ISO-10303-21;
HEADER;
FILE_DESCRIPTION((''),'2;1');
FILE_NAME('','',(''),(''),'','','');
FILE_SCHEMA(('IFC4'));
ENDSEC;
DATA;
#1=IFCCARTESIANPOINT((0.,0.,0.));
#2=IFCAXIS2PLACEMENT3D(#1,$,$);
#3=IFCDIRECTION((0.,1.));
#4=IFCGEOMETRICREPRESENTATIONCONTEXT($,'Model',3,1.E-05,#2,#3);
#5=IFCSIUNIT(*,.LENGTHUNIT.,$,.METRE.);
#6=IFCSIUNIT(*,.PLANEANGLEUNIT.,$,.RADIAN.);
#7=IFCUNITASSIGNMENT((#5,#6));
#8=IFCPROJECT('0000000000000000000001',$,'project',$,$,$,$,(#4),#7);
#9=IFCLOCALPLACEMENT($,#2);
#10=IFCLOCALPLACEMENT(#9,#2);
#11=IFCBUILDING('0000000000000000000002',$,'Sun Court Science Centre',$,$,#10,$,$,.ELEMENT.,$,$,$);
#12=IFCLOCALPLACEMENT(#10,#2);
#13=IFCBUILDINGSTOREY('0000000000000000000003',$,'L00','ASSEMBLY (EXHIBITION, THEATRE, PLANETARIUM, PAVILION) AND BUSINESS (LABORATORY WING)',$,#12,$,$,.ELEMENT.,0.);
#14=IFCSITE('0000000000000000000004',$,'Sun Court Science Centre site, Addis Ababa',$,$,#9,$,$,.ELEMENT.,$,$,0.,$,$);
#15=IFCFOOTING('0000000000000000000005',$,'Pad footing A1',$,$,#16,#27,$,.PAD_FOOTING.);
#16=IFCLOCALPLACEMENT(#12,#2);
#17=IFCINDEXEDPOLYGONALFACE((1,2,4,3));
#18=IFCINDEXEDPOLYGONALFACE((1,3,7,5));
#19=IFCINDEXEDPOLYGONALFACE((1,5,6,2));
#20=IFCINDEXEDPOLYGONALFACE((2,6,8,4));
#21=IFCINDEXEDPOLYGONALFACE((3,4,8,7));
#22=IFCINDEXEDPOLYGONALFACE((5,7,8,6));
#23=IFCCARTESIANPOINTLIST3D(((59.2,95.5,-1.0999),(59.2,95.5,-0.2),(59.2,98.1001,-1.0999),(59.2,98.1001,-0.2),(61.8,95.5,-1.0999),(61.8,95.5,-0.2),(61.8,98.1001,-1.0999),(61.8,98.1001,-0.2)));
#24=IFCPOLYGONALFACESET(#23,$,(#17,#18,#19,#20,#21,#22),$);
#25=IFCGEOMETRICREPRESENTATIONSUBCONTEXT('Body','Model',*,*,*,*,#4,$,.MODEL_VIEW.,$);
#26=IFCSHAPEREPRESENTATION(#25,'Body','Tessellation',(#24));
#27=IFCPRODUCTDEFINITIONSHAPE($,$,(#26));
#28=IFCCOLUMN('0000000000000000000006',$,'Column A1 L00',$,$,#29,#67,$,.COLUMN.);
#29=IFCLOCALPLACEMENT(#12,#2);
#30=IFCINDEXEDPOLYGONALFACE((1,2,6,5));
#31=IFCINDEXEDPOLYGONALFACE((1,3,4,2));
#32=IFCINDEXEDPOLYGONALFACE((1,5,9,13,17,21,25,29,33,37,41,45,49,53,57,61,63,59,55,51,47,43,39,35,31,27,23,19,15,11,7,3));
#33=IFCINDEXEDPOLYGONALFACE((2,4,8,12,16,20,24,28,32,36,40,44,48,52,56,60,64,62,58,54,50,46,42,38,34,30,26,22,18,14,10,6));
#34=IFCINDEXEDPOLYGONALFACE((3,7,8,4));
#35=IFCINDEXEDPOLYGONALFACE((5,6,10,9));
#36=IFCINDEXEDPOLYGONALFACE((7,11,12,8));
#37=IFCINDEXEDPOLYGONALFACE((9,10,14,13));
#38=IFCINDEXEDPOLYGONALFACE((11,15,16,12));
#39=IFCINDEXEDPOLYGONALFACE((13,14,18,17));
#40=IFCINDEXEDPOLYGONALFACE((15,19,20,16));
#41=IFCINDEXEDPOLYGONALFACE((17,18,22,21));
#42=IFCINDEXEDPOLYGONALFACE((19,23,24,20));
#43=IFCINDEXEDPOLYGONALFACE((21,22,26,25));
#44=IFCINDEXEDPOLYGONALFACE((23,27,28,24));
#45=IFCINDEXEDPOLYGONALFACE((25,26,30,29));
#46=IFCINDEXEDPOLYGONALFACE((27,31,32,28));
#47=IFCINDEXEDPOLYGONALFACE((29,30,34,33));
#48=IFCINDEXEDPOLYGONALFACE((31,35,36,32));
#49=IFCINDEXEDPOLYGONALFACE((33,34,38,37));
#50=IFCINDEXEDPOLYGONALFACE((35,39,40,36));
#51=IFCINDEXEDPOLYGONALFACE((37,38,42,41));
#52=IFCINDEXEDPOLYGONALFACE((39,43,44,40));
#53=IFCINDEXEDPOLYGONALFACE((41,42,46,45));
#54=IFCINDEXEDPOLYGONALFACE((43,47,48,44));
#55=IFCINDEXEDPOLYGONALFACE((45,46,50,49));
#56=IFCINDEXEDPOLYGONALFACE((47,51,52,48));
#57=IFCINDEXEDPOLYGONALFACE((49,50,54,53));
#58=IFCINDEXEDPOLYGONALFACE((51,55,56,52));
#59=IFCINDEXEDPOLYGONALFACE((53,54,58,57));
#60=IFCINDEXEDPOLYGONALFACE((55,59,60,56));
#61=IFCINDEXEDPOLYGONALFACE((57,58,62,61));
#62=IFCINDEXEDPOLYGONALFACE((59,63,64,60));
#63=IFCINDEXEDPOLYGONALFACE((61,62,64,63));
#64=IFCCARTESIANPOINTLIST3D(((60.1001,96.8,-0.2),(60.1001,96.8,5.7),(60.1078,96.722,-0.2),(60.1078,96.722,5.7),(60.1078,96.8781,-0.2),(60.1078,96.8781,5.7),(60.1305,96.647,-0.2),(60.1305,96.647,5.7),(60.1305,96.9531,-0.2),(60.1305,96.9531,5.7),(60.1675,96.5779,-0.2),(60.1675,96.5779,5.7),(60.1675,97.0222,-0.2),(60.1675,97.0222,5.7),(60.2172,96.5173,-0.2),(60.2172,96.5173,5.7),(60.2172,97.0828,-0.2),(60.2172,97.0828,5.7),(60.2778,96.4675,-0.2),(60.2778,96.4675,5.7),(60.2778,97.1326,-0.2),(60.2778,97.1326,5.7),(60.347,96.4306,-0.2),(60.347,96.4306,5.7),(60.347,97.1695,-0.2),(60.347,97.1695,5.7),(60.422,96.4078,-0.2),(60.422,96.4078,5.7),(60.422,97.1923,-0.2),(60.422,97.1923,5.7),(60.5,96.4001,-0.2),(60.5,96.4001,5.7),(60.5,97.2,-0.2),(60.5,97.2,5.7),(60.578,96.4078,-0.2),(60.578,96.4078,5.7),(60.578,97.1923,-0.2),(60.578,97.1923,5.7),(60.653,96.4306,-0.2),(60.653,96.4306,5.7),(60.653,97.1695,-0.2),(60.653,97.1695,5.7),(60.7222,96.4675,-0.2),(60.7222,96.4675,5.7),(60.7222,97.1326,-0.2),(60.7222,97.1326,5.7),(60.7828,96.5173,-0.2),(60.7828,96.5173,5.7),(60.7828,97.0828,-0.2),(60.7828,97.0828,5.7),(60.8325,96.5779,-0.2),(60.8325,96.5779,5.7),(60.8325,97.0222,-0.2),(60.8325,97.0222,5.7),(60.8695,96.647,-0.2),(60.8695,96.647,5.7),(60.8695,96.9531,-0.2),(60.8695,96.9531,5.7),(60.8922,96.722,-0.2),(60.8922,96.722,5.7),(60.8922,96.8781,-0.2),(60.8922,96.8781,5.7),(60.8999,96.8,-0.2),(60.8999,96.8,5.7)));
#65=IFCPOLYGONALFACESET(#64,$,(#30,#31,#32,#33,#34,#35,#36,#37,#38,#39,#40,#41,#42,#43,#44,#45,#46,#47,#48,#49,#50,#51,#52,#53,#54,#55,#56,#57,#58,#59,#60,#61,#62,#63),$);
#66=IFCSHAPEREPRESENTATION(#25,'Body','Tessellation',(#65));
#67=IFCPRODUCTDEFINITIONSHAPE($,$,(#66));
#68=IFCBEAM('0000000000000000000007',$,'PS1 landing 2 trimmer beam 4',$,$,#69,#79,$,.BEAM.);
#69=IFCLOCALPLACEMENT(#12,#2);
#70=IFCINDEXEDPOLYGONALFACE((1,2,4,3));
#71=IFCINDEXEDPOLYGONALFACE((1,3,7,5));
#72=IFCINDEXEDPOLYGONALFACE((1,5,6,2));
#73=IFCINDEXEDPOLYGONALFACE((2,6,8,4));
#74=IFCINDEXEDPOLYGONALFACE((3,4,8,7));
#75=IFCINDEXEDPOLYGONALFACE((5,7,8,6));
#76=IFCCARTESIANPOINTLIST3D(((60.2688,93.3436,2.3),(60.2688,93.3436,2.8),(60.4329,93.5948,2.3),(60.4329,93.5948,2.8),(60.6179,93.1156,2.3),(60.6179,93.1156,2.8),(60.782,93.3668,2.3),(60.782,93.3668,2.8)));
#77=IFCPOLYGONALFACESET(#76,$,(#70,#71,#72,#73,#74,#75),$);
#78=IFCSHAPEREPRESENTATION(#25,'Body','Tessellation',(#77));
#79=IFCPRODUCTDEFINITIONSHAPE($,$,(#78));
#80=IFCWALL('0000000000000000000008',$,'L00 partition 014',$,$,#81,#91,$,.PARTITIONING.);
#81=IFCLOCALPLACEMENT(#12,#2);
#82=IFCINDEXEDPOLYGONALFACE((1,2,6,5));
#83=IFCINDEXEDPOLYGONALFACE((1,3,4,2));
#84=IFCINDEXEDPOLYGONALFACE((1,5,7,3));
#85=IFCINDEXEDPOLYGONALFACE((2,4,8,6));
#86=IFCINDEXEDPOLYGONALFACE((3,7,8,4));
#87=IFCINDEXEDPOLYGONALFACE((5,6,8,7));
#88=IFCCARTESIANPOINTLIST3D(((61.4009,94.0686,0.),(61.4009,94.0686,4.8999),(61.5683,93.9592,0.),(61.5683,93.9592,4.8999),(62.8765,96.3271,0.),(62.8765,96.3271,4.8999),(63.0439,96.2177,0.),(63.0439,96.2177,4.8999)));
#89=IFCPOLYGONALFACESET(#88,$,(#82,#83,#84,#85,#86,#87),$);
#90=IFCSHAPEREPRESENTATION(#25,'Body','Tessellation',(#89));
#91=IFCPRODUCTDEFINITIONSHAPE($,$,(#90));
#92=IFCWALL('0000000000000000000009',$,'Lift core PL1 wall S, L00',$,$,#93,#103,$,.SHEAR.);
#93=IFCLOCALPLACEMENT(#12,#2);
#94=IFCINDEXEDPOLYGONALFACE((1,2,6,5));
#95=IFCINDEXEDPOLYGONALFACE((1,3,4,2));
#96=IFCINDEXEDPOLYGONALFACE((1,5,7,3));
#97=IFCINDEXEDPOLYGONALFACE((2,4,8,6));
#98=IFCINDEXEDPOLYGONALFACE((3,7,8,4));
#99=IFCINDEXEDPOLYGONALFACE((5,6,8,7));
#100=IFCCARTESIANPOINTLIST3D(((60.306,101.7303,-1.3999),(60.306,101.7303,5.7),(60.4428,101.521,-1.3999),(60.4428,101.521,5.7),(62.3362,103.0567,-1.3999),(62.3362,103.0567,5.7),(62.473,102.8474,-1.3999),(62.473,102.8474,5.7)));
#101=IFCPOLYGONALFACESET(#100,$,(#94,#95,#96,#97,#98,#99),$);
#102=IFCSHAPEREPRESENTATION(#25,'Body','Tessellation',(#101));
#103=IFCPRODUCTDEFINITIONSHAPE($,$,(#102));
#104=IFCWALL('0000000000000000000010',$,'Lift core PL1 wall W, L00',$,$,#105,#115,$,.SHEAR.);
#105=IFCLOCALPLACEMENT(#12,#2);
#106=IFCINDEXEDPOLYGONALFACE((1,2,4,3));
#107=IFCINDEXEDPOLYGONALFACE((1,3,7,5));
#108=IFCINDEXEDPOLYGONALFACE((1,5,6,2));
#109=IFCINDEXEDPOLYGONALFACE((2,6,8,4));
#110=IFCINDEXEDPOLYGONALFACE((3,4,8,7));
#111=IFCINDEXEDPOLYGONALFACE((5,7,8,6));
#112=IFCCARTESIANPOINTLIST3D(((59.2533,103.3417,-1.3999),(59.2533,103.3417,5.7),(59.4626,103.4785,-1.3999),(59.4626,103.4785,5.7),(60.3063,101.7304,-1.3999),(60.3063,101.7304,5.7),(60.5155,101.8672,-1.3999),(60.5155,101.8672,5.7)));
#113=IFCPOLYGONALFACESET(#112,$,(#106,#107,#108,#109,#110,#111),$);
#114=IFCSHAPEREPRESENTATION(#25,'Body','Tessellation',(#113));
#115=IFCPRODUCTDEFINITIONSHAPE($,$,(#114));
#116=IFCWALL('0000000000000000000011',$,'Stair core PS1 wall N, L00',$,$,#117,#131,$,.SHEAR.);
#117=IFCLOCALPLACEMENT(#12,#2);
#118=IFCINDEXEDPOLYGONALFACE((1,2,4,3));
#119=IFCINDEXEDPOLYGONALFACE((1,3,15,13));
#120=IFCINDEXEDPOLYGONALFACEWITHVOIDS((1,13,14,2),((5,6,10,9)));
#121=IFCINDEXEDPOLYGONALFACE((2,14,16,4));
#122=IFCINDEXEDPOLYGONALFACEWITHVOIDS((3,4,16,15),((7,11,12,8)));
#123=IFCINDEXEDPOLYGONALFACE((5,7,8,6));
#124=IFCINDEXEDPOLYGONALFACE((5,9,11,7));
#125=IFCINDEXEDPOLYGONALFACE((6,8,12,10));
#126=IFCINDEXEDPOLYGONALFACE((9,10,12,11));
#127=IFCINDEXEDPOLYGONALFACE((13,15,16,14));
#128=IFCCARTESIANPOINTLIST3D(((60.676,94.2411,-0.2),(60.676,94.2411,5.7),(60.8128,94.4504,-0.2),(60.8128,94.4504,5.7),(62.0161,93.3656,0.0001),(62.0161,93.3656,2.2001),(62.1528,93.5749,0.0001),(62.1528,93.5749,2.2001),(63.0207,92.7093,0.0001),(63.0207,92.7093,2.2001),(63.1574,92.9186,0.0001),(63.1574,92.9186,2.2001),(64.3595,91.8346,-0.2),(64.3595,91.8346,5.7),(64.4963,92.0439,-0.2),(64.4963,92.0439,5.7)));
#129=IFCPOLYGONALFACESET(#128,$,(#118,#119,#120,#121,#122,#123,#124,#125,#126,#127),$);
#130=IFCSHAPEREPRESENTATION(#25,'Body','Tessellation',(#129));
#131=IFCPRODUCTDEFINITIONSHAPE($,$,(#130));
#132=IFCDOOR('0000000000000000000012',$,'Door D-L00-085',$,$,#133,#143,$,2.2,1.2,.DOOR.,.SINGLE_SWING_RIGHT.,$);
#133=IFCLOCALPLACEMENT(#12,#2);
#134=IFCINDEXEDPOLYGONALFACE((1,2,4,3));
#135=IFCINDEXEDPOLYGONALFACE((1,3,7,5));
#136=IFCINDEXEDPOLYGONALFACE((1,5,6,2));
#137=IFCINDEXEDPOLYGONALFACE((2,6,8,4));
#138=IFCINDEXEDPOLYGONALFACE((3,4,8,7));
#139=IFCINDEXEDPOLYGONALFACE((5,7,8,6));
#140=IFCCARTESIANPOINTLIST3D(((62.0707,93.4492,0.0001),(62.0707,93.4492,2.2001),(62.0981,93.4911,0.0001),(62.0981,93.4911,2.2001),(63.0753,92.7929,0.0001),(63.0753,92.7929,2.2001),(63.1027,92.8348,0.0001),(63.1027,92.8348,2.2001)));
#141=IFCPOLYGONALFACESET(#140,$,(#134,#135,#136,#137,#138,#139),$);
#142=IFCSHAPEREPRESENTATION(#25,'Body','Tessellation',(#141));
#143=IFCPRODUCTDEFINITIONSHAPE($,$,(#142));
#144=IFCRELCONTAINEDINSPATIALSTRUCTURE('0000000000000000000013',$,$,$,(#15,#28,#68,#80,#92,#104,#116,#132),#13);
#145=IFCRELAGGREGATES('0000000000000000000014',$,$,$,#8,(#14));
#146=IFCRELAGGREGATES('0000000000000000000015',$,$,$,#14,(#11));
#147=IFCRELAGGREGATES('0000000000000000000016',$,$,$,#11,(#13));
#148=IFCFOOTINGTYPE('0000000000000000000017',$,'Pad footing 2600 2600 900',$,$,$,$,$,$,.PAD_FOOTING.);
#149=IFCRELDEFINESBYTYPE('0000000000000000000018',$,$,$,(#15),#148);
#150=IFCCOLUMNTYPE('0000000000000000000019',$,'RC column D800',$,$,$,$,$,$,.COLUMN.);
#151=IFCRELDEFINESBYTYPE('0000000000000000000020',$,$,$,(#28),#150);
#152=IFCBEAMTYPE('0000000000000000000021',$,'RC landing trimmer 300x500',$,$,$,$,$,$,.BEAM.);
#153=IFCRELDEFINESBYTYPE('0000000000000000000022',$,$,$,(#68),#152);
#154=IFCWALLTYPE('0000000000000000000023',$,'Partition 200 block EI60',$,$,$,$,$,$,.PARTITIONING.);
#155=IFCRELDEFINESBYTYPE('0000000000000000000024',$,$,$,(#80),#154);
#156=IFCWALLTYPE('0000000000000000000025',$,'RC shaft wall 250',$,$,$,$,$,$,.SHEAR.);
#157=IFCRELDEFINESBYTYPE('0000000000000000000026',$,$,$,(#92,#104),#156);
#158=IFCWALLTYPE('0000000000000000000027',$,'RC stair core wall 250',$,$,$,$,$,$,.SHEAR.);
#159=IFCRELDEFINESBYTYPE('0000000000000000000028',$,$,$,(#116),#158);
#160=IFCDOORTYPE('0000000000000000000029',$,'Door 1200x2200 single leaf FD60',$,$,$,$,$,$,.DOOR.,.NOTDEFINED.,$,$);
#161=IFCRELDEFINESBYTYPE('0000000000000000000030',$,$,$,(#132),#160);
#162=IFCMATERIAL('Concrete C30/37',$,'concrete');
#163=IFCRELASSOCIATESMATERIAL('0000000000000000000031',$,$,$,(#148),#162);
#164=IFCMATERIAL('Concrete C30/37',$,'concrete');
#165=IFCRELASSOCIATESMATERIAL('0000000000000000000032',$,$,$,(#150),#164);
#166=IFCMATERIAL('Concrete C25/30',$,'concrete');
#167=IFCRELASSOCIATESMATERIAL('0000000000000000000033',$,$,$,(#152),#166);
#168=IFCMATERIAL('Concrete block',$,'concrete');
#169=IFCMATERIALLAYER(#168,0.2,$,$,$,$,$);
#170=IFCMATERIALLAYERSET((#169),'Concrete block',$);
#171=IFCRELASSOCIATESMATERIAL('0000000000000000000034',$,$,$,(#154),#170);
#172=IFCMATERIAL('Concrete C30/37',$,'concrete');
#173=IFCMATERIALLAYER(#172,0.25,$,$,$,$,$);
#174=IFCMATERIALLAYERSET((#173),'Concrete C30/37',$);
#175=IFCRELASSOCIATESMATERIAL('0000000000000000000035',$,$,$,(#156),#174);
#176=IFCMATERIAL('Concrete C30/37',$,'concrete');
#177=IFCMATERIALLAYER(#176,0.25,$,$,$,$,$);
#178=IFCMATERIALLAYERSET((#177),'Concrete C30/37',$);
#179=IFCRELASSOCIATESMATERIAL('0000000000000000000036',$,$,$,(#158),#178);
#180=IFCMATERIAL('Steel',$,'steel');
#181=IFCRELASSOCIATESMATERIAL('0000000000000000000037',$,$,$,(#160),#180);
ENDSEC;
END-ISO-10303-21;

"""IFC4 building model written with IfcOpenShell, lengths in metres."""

from ifc_helpers import new_model, si_unit, direction, frame, frame_2d, origin, origin_2d, place, context, subcontext, project, spatial, rectangle, circle, extrude, material, layer, layer_set, material_profile, profile_set, type_object, element, fill, save


model = new_model("IFC4")

# Units and contexts
model_context = context("Model", 3, precision=1e-05, world=origin(), true_north=direction((0.0, 1.0)))
body_context = subcontext(model_context, "Body", "Model", "MODEL_VIEW")
ifc_project = project(units=[si_unit("LENGTHUNIT", "METRE"), si_unit("PLANEANGLEUNIT", "RADIAN")], contexts=[model_context])

# Site, building, storey
site_placement = place(None, origin())
site = spatial("IfcSite", under=ifc_project, at=site_placement, Name="Sun Court Science Centre site, Addis Ababa", CompositionType="ELEMENT", RefElevation=0.0)
building_placement = place(site_placement, origin())
building = spatial("IfcBuilding", under=site, at=building_placement, Name="Sun Court Science Centre", CompositionType="ELEMENT")
storey_placement = place(building_placement, origin())
storey = spatial("IfcBuildingStorey", under=building, at=storey_placement, Name="L00", Description="ASSEMBLY (EXHIBITION, THEATRE, PLANETARIUM, PAVILION) AND BUSINESS (LABORATORY WING)", CompositionType="ELEMENT", Elevation=0.0)

# Footing
ifc_material_1 = material(Name="Concrete C30/37", Category="concrete")
footing_type = type_object("IfcFootingType", Name="Pad footing 2600 2600 900", PredefinedType="PAD_FOOTING", material=ifc_material_1)
footing_placement = place(storey_placement, frame((60.5, 96.8, -1.0999), z_axis=(0.0, 0.0, 1.0), x_axis=(1.0, 0.0, 0.0)))
element("IfcFooting", 1, at=footing_placement, inside=storey, type_object=footing_type, Name="Pad footing A1", PredefinedType="PAD_FOOTING", context=body_context, shape_type="SweptSolid", body=[
    extrude(rectangle(XDim=2.6001, YDim=2.6001, at=origin_2d()), origin(), (0.0, 0.0, 1.0), 0.8999),
])

# Column
ifc_material_2 = material(Name="Concrete C30/37", Category="concrete")
ifc_material_profile_1 = material_profile(ifc_material_2, circle(Radius=0.3999, at=origin_2d()), Name="RC D800")
ifc_profile_set_1 = profile_set([ifc_material_profile_1], Name="Concrete C30/37")
column_type = type_object("IfcColumnType", Name="RC column D800", PredefinedType="COLUMN", material=ifc_profile_set_1)
column_placement = place(storey_placement, frame((60.5, 96.8, -0.2), z_axis=(0.0, 0.0, 1.0), x_axis=(1.0, 0.0, 0.0)))
element("IfcColumn", 2, at=column_placement, inside=storey, type_object=column_type, Name="Column A1 L00", PredefinedType="COLUMN", context=body_context, shape_type="SweptSolid", body=[
    extrude(circle(Radius=0.3999, at=origin_2d()), origin(), (0.0, 0.0, 1.0), 5.8999),
])

# Beam
ifc_material_3 = material(Name="Concrete C25/30", Category="concrete")
ifc_material_profile_2 = material_profile(ifc_material_3, rectangle(XDim=0.3, YDim=0.5, at=origin_2d()), Name="RC 300x500")
ifc_profile_set_2 = profile_set([ifc_material_profile_2], Name="Concrete C25/30")
beam_type = type_object("IfcBeamType", Name="RC landing trimmer 300x500", PredefinedType="BEAM", material=ifc_profile_set_2)
beam_placement = place(storey_placement, frame((60.3508, 93.4692, 2.55), z_axis=(0.837238, -0.546839, 0.0), x_axis=(0.546839, 0.837238, 0.0)))
element("IfcBeam", 3, at=beam_placement, inside=storey, type_object=beam_type, Name="PS1 landing 2 trimmer beam 4", PredefinedType="BEAM", context=body_context, shape_type="SweptSolid", body=[
    extrude(rectangle(XDim=0.3, YDim=0.5, at=origin_2d()), origin(), (0.0, 0.0, 1.0), 0.417),
])

# Walls
ifc_material_4 = material(Name="Concrete block", Category="concrete")
ifc_layer_1 = layer(ifc_material_4, 0.2)
ifc_layer_set_1 = layer_set([ifc_layer_1], Name="Concrete block")
wall_type_1 = type_object("IfcWallType", Name="Partition 200 block EI60", PredefinedType="PARTITIONING", material=ifc_layer_set_1)
wall_1_placement = place(storey_placement, frame((61.4846, 94.0139, 0.0), z_axis=(0.0, 0.0, 1.0), x_axis=(0.546949, 0.837166, 0.0)))
element("IfcWall", 4, at=wall_1_placement, inside=storey, type_object=wall_type_1, Name="L00 partition 014", PredefinedType="PARTITIONING", context=body_context, shape_type="SweptSolid", body=[
    extrude(rectangle(XDim=2.6978, YDim=0.2, at=frame_2d((1.3489, 0.0))), origin(), (0.0, 0.0, 1.0), 4.8999),
])
ifc_material_5 = material(Name="Concrete C30/37", Category="concrete")
ifc_layer_2 = layer(ifc_material_5, 0.25)
ifc_layer_set_2 = layer_set([ifc_layer_2], Name="Concrete C30/37")
wall_type_2 = type_object("IfcWallType", Name="RC shaft wall 250", PredefinedType="SHEAR", material=ifc_layer_set_2)
wall_2_placement = place(storey_placement, frame((60.3745, 101.6257, -1.3999), z_axis=(0.0, 0.0, 1.0), x_axis=(0.837172, 0.54694, 0.0)))
element("IfcWall", 5, at=wall_2_placement, inside=storey, type_object=wall_type_2, Name="Lift core PL1 wall S, L00", PredefinedType="SHEAR", context=body_context, shape_type="SweptSolid", body=[
    extrude(rectangle(XDim=2.425, YDim=0.25, at=frame_2d((1.2124, 0.0))), origin(), (0.0, 0.0, 1.0), 7.0999),
])
wall_3_placement = place(storey_placement, frame((60.4109, 101.7988, -1.3999), z_axis=(0.0, 0.0, 1.0), x_axis=(-0.547037, 0.837108, 0.0)))
element("IfcWall", 6, at=wall_3_placement, inside=storey, type_object=wall_type_2, Name="Lift core PL1 wall W, L00", PredefinedType="SHEAR", context=body_context, shape_type="SweptSolid", body=[
    extrude(rectangle(XDim=1.9248, YDim=0.25, at=frame_2d((0.9624, 0.0))), origin(), (0.0, 0.0, 1.0), 7.0999),
])

# Wall, opening, door
ifc_material_6 = material(Name="Concrete C30/37", Category="concrete")
ifc_layer_3 = layer(ifc_material_6, 0.25)
ifc_layer_set_3 = layer_set([ifc_layer_3], Name="Concrete C30/37")
wall_type_3 = type_object("IfcWallType", Name="RC stair core wall 250", PredefinedType="SHEAR", material=ifc_layer_set_3)
wall_4_placement = place(storey_placement, frame((60.7444, 94.3457, -0.2), z_axis=(0.0, 0.0, 1.0), x_axis=(0.837179, -0.546929, 0.0)))
wall_4 = element("IfcWall", 7, at=wall_4_placement, inside=storey, type_object=wall_type_3, Name="Stair core PS1 wall N, L00", PredefinedType="SHEAR", context=body_context, shape_type="SweptSolid", body=[
    extrude(rectangle(XDim=4.3999, YDim=0.25, at=frame_2d((2.2, 0.0))), origin(), (0.0, 0.0, 1.0), 5.8999),
])
opening_placement = place(wall_4_placement, frame((1.6006, 0.0, 0.2)))
opening = element("IfcOpeningElement", 8, at=opening_placement, cuts=wall_4, PredefinedType="OPENING", context=body_context, shape_type="SweptSolid", body=[
    extrude(rectangle(XDim=1.2, YDim=2.2, at=frame_2d((0.6001, 1.1001))), frame((0.0, 0.135, 0.0), z_axis=(0.0, -1.0, 0.0), x_axis=(1.0, 0.0, 0.0)), (0.0, 0.0, 1.0), 0.27),
])
ifc_material_7 = material(Name="Steel", Category="steel")
door_type = type_object("IfcDoorType", Name="Door 1200x2200 single leaf FD60", OperationType="NOTDEFINED", PredefinedType="DOOR", material=ifc_material_7)
door_placement = place(opening_placement, origin())
door = element("IfcDoor", 9, at=door_placement, inside=storey, type_object=door_type, Name="Door D-L00-085", OperationType="SINGLE_SWING_RIGHT", OverallHeight=2.2, OverallWidth=1.2, PredefinedType="DOOR", context=body_context, shape_type="SweptSolid", body=[
    extrude(rectangle(XDim=1.2, YDim=2.2, at=frame_2d((0.6001, 1.1001))), frame((0.0, 0.0249, 0.0), z_axis=(0.0, -1.0, 0.0), x_axis=(1.0, 0.0, 0.0)), (0.0, 0.0, 1.0), 0.05),
])
fill(opening, door)

save(model, "model.ifc")
